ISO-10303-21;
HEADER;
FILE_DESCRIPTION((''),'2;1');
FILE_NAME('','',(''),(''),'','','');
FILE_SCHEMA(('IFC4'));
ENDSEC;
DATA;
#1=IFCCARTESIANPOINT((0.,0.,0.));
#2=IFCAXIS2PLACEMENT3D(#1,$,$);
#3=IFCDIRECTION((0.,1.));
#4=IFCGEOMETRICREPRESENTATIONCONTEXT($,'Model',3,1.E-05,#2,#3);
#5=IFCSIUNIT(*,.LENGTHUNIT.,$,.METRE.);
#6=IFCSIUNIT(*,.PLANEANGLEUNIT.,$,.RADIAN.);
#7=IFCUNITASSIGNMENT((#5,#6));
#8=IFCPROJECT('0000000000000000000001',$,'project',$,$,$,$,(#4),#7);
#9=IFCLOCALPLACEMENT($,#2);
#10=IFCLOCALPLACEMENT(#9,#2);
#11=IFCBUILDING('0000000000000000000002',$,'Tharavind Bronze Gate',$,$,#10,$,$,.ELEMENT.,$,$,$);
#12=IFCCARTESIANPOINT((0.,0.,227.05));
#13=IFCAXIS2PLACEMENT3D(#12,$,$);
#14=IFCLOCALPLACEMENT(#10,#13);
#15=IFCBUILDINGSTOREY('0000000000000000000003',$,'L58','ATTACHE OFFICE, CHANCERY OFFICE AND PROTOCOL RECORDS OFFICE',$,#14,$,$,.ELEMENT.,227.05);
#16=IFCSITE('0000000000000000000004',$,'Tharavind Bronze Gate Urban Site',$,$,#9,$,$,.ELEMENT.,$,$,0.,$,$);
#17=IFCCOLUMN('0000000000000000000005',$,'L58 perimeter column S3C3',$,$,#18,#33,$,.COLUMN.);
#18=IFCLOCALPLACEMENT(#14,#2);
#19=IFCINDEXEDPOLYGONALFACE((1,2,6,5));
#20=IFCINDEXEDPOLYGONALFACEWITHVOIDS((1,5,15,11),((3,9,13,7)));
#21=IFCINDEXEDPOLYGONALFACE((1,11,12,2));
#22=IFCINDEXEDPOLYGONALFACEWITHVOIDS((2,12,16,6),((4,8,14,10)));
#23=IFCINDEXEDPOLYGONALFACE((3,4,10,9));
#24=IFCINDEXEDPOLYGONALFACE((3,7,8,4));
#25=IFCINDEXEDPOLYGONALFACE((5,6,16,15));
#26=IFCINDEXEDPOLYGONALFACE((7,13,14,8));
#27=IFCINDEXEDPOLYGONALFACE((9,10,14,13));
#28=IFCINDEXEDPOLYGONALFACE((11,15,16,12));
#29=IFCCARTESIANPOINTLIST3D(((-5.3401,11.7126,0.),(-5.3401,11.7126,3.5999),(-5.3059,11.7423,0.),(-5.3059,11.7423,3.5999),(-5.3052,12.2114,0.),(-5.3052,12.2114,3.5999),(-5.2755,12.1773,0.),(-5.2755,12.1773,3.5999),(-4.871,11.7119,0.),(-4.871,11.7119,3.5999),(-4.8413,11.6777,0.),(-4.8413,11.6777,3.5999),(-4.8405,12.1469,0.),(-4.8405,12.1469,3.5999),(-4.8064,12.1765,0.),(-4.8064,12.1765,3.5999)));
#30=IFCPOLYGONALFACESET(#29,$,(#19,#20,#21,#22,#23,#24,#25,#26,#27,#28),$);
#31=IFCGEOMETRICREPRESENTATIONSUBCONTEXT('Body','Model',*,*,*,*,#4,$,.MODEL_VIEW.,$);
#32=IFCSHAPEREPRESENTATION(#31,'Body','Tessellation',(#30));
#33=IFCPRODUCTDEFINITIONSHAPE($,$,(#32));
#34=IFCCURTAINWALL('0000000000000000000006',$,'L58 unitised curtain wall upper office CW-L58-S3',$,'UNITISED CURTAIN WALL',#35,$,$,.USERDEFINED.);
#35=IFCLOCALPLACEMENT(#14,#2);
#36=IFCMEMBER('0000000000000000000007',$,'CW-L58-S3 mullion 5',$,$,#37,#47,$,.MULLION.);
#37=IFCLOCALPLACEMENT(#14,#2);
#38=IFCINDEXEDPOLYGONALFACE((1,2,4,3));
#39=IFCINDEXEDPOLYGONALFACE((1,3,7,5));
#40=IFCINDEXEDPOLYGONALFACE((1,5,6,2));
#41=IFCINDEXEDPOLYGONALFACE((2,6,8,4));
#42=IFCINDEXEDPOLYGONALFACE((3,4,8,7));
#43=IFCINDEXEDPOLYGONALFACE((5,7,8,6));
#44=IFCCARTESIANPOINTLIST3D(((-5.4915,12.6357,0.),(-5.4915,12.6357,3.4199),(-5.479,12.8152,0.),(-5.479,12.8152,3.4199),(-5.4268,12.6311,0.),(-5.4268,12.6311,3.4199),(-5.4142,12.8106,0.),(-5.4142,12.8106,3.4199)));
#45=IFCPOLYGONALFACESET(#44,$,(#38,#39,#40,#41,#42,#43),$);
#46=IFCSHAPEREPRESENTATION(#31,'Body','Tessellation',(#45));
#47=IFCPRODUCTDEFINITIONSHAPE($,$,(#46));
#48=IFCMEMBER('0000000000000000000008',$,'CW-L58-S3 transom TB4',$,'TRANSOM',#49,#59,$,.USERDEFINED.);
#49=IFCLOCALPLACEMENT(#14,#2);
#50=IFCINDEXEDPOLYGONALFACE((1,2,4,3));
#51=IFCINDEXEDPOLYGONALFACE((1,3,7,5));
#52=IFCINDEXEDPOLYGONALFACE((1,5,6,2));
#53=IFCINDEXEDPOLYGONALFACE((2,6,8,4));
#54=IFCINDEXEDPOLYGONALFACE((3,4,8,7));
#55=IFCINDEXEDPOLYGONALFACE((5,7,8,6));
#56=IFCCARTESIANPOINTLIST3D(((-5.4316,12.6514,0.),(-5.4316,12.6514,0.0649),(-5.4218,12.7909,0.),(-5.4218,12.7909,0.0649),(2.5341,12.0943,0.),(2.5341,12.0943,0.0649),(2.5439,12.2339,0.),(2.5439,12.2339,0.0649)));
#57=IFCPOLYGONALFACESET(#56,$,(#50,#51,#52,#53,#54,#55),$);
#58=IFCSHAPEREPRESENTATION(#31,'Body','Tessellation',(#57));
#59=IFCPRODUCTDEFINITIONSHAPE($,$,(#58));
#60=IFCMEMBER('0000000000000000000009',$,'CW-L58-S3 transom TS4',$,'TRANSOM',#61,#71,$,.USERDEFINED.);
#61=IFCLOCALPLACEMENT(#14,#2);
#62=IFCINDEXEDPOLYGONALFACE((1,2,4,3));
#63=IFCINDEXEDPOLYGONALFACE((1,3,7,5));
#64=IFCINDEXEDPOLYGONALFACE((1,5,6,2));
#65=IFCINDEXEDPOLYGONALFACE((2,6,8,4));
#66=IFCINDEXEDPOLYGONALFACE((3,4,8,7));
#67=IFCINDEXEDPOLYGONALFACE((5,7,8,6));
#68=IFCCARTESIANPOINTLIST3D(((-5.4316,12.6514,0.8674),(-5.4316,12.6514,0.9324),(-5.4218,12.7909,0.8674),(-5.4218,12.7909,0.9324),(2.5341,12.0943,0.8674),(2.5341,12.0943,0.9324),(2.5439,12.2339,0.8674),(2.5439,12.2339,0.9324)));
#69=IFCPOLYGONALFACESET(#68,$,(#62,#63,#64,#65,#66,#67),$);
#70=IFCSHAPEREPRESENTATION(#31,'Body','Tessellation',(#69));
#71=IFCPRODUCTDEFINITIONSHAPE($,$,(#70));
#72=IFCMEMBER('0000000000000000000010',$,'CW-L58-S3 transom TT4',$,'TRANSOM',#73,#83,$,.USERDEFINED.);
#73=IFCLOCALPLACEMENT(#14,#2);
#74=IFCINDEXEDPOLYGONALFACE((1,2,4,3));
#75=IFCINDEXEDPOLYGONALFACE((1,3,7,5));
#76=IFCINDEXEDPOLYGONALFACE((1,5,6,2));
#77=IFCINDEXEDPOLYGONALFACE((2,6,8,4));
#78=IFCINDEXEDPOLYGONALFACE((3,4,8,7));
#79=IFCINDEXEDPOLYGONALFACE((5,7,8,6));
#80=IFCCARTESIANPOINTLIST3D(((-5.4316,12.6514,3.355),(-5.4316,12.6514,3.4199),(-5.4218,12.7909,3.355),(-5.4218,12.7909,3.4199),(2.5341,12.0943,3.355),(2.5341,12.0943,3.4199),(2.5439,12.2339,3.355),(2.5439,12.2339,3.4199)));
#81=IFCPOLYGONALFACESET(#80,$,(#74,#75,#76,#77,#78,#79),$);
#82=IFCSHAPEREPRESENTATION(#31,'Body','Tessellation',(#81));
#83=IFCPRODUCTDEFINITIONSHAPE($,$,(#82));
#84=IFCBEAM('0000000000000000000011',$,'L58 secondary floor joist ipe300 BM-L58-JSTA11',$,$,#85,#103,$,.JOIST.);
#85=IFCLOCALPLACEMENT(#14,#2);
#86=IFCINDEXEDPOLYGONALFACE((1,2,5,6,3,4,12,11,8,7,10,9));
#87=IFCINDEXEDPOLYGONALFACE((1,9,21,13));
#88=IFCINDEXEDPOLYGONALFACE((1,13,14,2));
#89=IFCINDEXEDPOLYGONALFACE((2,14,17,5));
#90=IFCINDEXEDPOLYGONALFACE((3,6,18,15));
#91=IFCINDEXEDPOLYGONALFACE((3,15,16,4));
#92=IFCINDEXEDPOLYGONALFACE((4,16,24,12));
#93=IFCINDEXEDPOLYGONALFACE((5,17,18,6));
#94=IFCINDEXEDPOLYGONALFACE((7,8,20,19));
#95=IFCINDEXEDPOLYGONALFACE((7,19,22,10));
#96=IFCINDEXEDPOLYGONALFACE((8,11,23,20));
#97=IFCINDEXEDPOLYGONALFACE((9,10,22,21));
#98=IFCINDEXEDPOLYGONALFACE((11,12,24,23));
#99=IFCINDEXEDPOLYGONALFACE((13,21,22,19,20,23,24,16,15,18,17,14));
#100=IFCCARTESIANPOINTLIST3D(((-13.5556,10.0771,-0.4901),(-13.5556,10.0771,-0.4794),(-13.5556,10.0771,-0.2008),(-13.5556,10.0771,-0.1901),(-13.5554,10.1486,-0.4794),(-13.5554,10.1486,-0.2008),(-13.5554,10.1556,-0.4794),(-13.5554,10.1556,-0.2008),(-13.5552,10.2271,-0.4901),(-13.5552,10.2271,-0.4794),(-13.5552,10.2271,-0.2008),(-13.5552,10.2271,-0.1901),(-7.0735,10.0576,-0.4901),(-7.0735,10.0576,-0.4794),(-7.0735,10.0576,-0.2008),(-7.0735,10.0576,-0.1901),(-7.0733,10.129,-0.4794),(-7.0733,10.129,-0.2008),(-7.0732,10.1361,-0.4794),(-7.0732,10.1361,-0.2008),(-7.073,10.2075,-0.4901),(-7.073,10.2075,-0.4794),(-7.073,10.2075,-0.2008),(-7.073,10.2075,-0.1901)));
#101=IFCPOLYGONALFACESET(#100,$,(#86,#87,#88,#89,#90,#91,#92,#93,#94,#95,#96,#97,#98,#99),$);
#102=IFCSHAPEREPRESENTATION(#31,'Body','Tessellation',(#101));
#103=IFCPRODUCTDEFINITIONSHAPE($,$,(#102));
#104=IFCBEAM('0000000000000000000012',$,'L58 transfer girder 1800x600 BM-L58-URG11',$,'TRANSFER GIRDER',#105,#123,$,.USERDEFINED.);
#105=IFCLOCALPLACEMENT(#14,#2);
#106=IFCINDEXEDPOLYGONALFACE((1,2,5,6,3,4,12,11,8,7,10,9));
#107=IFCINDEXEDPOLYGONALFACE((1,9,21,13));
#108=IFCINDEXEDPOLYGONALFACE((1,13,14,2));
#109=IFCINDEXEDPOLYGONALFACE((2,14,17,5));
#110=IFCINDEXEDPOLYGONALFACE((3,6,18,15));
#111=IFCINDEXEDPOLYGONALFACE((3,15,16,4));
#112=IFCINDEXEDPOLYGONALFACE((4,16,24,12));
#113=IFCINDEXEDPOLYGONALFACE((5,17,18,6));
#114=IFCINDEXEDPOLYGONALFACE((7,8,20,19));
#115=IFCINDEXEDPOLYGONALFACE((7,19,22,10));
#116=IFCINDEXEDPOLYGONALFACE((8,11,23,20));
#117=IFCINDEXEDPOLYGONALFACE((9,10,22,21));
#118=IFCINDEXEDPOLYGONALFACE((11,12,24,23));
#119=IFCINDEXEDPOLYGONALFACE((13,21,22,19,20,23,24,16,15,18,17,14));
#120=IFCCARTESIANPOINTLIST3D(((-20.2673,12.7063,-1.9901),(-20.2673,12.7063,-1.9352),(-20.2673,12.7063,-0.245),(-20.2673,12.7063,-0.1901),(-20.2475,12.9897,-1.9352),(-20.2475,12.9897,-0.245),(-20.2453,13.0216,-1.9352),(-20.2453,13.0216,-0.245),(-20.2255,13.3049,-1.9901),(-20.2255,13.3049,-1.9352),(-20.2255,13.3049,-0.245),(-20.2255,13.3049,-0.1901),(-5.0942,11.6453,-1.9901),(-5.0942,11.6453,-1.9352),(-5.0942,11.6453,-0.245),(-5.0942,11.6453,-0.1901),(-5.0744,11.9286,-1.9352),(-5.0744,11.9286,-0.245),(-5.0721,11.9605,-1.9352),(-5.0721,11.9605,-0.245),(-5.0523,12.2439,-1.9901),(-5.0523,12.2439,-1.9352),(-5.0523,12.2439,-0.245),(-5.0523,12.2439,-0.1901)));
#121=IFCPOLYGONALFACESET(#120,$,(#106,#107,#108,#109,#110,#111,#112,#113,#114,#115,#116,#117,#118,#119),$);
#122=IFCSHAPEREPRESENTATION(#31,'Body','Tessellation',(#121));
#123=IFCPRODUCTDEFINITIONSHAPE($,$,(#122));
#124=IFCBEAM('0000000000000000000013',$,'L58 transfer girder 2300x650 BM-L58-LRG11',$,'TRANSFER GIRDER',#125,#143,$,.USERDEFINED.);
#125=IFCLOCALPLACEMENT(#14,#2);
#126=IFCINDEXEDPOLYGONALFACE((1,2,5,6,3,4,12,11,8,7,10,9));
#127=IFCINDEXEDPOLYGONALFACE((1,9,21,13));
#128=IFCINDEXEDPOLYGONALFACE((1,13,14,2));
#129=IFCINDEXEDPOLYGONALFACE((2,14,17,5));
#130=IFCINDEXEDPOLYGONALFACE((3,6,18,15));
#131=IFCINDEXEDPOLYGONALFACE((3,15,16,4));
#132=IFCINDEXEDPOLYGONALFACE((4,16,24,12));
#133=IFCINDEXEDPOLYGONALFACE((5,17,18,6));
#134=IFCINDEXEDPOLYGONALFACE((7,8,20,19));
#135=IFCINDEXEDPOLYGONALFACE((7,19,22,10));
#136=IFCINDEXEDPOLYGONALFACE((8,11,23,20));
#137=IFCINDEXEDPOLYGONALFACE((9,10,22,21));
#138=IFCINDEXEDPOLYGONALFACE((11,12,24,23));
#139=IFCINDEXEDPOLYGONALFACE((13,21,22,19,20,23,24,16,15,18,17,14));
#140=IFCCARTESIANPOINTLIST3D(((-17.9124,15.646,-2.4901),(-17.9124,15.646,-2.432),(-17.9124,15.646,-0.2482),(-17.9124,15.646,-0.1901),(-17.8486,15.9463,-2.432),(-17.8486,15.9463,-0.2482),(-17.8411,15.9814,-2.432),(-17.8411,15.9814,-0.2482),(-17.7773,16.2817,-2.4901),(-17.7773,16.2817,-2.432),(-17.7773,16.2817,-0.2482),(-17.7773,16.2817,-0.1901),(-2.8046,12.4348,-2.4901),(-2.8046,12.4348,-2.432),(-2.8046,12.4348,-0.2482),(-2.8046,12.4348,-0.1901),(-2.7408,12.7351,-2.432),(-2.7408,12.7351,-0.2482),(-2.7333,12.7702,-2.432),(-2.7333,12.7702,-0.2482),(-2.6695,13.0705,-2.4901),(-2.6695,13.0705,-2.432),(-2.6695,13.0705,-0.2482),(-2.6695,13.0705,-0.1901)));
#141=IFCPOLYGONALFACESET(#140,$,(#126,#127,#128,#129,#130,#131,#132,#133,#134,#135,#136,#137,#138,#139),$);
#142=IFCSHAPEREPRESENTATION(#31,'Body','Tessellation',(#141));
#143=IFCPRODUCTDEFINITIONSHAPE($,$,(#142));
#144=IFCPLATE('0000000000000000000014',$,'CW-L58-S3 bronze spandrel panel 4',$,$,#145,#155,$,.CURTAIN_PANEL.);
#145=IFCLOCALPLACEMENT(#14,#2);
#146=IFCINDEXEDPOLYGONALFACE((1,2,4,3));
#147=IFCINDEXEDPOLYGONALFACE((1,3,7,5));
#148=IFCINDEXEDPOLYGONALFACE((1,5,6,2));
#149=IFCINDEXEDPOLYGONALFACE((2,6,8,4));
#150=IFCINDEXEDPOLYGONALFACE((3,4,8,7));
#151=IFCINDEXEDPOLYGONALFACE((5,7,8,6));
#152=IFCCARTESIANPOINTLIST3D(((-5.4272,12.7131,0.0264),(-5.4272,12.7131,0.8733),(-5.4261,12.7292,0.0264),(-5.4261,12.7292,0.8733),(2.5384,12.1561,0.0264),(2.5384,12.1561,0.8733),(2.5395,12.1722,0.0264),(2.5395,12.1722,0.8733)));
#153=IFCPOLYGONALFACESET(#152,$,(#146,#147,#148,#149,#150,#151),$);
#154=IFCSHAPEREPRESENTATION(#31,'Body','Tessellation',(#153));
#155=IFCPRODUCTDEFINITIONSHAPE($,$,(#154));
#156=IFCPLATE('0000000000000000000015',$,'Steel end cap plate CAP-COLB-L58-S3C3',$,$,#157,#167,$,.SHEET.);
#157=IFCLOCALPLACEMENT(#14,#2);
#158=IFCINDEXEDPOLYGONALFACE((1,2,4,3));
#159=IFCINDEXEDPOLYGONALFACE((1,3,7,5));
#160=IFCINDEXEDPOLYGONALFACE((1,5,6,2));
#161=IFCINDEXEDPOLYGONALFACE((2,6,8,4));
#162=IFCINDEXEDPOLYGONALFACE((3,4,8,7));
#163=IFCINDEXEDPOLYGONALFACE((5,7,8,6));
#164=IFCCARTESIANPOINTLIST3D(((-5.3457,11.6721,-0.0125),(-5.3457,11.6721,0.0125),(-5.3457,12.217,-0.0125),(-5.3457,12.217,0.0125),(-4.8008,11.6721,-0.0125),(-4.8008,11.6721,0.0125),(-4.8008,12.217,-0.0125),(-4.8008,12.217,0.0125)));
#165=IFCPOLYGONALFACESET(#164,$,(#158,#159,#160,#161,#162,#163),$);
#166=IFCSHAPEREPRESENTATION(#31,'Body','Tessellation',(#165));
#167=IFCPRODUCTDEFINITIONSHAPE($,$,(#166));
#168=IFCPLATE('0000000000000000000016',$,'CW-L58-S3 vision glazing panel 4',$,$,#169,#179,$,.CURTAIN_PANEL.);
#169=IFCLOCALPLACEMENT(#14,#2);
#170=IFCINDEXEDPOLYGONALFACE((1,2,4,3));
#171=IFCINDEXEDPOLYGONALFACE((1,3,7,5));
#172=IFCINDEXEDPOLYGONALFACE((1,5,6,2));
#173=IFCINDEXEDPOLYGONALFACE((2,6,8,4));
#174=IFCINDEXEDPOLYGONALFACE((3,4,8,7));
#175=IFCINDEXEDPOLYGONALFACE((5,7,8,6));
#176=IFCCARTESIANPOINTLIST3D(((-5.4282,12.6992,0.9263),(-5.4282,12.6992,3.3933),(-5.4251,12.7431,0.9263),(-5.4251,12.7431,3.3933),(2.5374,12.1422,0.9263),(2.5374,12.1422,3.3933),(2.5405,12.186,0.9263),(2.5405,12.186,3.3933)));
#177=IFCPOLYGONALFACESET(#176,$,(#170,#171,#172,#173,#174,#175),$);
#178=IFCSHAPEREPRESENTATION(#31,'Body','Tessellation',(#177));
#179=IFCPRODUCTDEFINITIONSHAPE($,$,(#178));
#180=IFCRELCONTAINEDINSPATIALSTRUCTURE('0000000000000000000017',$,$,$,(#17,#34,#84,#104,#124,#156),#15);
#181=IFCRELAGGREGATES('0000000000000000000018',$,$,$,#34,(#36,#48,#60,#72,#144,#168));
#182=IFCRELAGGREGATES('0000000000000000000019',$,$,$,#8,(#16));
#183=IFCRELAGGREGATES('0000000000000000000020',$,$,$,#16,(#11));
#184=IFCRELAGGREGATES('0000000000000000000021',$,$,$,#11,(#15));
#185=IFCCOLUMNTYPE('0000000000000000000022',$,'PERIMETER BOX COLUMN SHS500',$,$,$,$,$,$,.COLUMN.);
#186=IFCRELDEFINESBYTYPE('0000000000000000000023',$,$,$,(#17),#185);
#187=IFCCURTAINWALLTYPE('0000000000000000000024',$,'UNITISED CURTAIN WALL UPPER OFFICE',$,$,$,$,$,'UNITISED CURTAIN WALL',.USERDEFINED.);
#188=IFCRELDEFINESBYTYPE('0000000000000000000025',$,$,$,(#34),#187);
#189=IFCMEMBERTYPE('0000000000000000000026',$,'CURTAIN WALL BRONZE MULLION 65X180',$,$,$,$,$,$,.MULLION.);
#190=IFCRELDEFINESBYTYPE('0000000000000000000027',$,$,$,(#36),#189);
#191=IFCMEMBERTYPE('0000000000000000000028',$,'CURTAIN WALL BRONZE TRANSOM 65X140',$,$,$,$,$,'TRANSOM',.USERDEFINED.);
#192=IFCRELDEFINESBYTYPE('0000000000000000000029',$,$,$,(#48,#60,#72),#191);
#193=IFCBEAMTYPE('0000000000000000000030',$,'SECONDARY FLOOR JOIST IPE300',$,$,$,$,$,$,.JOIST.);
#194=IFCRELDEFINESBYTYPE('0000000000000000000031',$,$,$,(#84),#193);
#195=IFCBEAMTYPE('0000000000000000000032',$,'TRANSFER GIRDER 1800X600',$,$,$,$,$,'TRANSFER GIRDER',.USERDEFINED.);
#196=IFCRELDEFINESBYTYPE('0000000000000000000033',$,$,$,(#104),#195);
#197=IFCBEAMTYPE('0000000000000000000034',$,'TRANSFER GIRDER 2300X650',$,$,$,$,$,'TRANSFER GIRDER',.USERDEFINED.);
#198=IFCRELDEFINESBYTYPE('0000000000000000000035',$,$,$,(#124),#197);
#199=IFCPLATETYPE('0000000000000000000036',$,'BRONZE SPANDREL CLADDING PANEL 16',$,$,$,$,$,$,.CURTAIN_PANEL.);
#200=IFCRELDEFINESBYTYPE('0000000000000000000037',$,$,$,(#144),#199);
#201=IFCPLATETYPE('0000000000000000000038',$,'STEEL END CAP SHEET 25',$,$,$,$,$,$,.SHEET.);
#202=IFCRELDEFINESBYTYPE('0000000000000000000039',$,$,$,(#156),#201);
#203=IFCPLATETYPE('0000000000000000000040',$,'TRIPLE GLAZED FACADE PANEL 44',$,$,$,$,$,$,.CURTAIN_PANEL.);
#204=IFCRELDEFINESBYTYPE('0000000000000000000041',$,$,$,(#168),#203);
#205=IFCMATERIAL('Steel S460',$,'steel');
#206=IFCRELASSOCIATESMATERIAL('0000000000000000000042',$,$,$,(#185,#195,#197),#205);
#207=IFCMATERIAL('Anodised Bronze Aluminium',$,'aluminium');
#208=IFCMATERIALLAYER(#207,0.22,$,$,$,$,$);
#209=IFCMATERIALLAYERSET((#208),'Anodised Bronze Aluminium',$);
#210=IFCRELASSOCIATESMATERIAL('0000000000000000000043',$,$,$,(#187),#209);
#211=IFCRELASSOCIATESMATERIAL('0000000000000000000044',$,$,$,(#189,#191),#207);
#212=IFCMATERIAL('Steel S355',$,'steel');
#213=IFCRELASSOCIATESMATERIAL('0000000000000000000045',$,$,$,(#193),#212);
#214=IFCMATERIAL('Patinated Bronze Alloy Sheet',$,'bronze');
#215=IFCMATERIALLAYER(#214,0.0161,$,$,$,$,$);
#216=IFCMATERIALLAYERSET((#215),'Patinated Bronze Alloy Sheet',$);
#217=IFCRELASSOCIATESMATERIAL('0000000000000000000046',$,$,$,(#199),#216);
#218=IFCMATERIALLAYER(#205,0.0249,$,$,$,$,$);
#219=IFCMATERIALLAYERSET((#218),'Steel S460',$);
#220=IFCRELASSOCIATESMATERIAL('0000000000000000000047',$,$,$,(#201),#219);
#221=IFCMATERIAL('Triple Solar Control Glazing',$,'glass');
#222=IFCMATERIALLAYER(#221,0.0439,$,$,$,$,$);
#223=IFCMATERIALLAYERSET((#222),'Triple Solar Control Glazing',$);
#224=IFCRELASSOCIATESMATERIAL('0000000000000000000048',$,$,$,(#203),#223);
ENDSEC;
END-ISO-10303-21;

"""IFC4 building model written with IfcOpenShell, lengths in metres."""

from ifc_helpers import new_model, si_unit, direction, frame, origin, origin_2d, place, context, subcontext, project, spatial, rectangle, hollow_rectangle, i_section, extrude, material, layer, layer_set, material_profile, profile_set, type_object, element, aggregate, save


model = new_model("IFC4")

# Units and contexts
model_context = context("Model", 3, precision=1e-05, world=origin(), true_north=direction((0.0, 1.0)))
body_context = subcontext(model_context, "Body", "Model", "MODEL_VIEW")
ifc_project = project(units=[si_unit("LENGTHUNIT", "METRE"), si_unit("PLANEANGLEUNIT", "RADIAN")], contexts=[model_context])

# Site, building, storey
site_placement = place(None, origin())
site = spatial("IfcSite", under=ifc_project, at=site_placement, Name="Tharavind Bronze Gate Urban Site", CompositionType="ELEMENT", RefElevation=0.0)
building_placement = place(site_placement, origin())
building = spatial("IfcBuilding", under=site, at=building_placement, Name="Tharavind Bronze Gate", CompositionType="ELEMENT")
storey_placement = place(building_placement, frame((0.0, 0.0, 227.05)))
storey = spatial("IfcBuildingStorey", under=building, at=storey_placement, Name="L58", Description="ATTACHE OFFICE, CHANCERY OFFICE AND PROTOCOL RECORDS OFFICE", CompositionType="ELEMENT", Elevation=227.05)

# Column
ifc_material_1 = material(Name="Steel S460", Category="steel")
ifc_material_profile_1 = material_profile(ifc_material_1, hollow_rectangle(XDim=0.5, YDim=0.5, WallThickness=0.032, at=origin_2d()), Name="SHS500X32")
ifc_profile_set_1 = profile_set([ifc_material_profile_1], Name="Steel S460")
column_type = type_object("IfcColumnType", Name="PERIMETER BOX COLUMN SHS500", PredefinedType="COLUMN", material=ifc_profile_set_1)
column_placement = place(storey_placement, frame((-5.0732, 11.9446, 0.0), z_axis=(0.0, 0.0, 1.0), x_axis=(-0.997564, 0.069756, 0.0)))
element("IfcColumn", 1, at=column_placement, inside=storey, type_object=column_type, Name="L58 perimeter column S3C3", PredefinedType="COLUMN", context=body_context, shape_type="SweptSolid", body=[
    extrude(hollow_rectangle(XDim=0.5, YDim=0.5, WallThickness=0.032, at=origin_2d()), origin(), (0.0, 0.0, 1.0), 3.5999),
])

# Curtain wall, members
ifc_material_2 = material(Name="Anodised Bronze Aluminium", Category="aluminium")
ifc_layer_1 = layer(ifc_material_2, 0.22)
ifc_layer_set_1 = layer_set([ifc_layer_1], Name="Anodised Bronze Aluminium")
curtain_wall_type = type_object("IfcCurtainWallType", Name="UNITISED CURTAIN WALL UPPER OFFICE", ElementType="UNITISED CURTAIN WALL", PredefinedType="USERDEFINED", material=ifc_layer_set_1)
curtain_wall_placement = place(storey_placement, origin())
curtain_wall = element("IfcCurtainWall", 2, at=curtain_wall_placement, inside=storey, type_object=curtain_wall_type, Name="L58 unitised curtain wall upper office CW-L58-S3", ObjectType="UNITISED CURTAIN WALL", PredefinedType="USERDEFINED")
member_type_1 = type_object("IfcMemberType", Name="CURTAIN WALL BRONZE MULLION 65X180", PredefinedType="MULLION", material=ifc_material_2)
member_1_placement = place(storey_placement, frame((-5.4529, 12.7231, 0.0), z_axis=(0.0, 0.0, 1.0), x_axis=(-0.997564, 0.069758, 0.0)))
member_1 = element("IfcMember", 3, at=member_1_placement, type_object=member_type_1, Name="CW-L58-S3 mullion 5", PredefinedType="MULLION", context=body_context, shape_type="SweptSolid", body=[
    extrude(rectangle(XDim=0.0649, YDim=0.1799, at=origin_2d()), origin(), (0.0, 0.0, 1.0), 3.4199),
])
member_type_2 = type_object("IfcMemberType", Name="CURTAIN WALL BRONZE TRANSOM 65X140", ElementType="TRANSOM", PredefinedType="USERDEFINED", material=ifc_material_2)
member_2_placement = place(storey_placement, frame((-1.4438, 12.4426, 0.0), z_axis=(0.0, 0.0, 1.0), x_axis=(-0.997564, 0.069758, 0.0)))
member_2 = element("IfcMember", 4, at=member_2_placement, type_object=member_type_2, Name="CW-L58-S3 transom TB4", ObjectType="TRANSOM", PredefinedType="USERDEFINED", context=body_context, shape_type="SweptSolid", body=[
    extrude(rectangle(XDim=7.9851, YDim=0.1399, at=origin_2d()), origin(), (0.0, 0.0, 1.0), 0.0649),
])
member_3_placement = place(storey_placement, frame((-1.4438, 12.4426, 0.8674), z_axis=(0.0, 0.0, 1.0), x_axis=(-0.997564, 0.069758, 0.0)))
member_3 = element("IfcMember", 5, at=member_3_placement, type_object=member_type_2, Name="CW-L58-S3 transom TS4", ObjectType="TRANSOM", PredefinedType="USERDEFINED", context=body_context, shape_type="SweptSolid", body=[
    extrude(rectangle(XDim=7.9851, YDim=0.1399, at=origin_2d()), origin(), (0.0, 0.0, 1.0), 0.0649),
])
member_4_placement = place(storey_placement, frame((-1.4438, 12.4426, 3.355), z_axis=(0.0, 0.0, 1.0), x_axis=(-0.997564, 0.069758, 0.0)))
member_4 = element("IfcMember", 6, at=member_4_placement, type_object=member_type_2, Name="CW-L58-S3 transom TT4", ObjectType="TRANSOM", PredefinedType="USERDEFINED", context=body_context, shape_type="SweptSolid", body=[
    extrude(rectangle(XDim=7.9851, YDim=0.1399, at=origin_2d()), origin(), (0.0, 0.0, 1.0), 0.0649),
])

# Beams
ifc_material_3 = material(Name="Steel S355", Category="steel")
ifc_material_profile_2 = material_profile(ifc_material_3, i_section(OverallWidth=0.1499, OverallDepth=0.3, WebThickness=0.0071, FlangeThickness=0.0107, at=origin_2d()), Name="IPE300")
ifc_profile_set_2 = profile_set([ifc_material_profile_2], Name="Steel S355")
beam_type_1 = type_object("IfcBeamType", Name="SECONDARY FLOOR JOIST IPE300", PredefinedType="JOIST", material=ifc_profile_set_2)
beam_1_placement = place(storey_placement, frame((-7.0732, 10.1326, -0.3401), z_axis=(-0.999995, 0.003013, 0.0), x_axis=(-0.003013, -0.999995, 0.0)))
element("IfcBeam", 7, at=beam_1_placement, inside=storey, type_object=beam_type_1, Name="L58 secondary floor joist ipe300 BM-L58-JSTA11", PredefinedType="JOIST", context=body_context, shape_type="SweptSolid", body=[
    extrude(i_section(OverallWidth=0.1499, OverallDepth=0.3, WebThickness=0.0071, FlangeThickness=0.0107, at=origin_2d()), origin(), (0.0, 0.0, 1.0), 6.4822),
])
ifc_material_profile_3 = material_profile(ifc_material_1, i_section(OverallWidth=0.6001, OverallDepth=1.8, WebThickness=0.032, FlangeThickness=0.0549, at=origin_2d()), Name="PG1800X600")
ifc_profile_set_3 = profile_set([ifc_material_profile_3], Name="Steel S460")
beam_type_2 = type_object("IfcBeamType", Name="TRANSFER GIRDER 1800X600", ElementType="TRANSFER GIRDER", PredefinedType="USERDEFINED", material=ifc_profile_set_3)
beam_2_placement = place(storey_placement, frame((-5.0732, 11.9446, -1.0901), z_axis=(-0.997564, 0.069758, 0.0), x_axis=(-0.069758, -0.997564, 0.0)))
element("IfcBeam", 8, at=beam_2_placement, inside=storey, type_object=beam_type_2, Name="L58 transfer girder 1800x600 BM-L58-URG11", ObjectType="TRANSFER GIRDER", PredefinedType="USERDEFINED", context=body_context, shape_type="SweptSolid", body=[
    extrude(i_section(OverallWidth=0.6001, OverallDepth=1.8, WebThickness=0.032, FlangeThickness=0.0549, at=origin_2d()), origin(), (0.0, 0.0, 1.0), 15.2102),
])
ifc_material_profile_4 = material_profile(ifc_material_1, i_section(OverallWidth=0.6499, OverallDepth=2.3, WebThickness=0.0359, FlangeThickness=0.0581, at=origin_2d()), Name="PG2300X650")
ifc_profile_set_4 = profile_set([ifc_material_profile_4], Name="Steel S460")
beam_type_3 = type_object("IfcBeamType", Name="TRANSFER GIRDER 2300X650", ElementType="TRANSFER GIRDER", PredefinedType="USERDEFINED", material=ifc_profile_set_4)
beam_3_placement = place(storey_placement, frame((-2.7371, 12.7527, -1.3401), z_axis=(-0.978149, 0.207905, 0.0), x_axis=(-0.207905, -0.978149, 0.0)))
element("IfcBeam", 9, at=beam_3_placement, inside=storey, type_object=beam_type_3, Name="L58 transfer girder 2300x650 BM-L58-LRG11", ObjectType="TRANSFER GIRDER", PredefinedType="USERDEFINED", context=body_context, shape_type="SweptSolid", body=[
    extrude(i_section(OverallWidth=0.6499, OverallDepth=2.3, WebThickness=0.0359, FlangeThickness=0.0581, at=origin_2d()), origin(), (0.0, 0.0, 1.0), 15.4453),
])

# Plates
ifc_material_4 = material(Name="Patinated Bronze Alloy Sheet", Category="bronze")
ifc_layer_2 = layer(ifc_material_4, 0.0161)
ifc_layer_set_2 = layer_set([ifc_layer_2], Name="Patinated Bronze Alloy Sheet")
plate_type_1 = type_object("IfcPlateType", Name="BRONZE SPANDREL CLADDING PANEL 16", PredefinedType="CURTAIN_PANEL", material=ifc_layer_set_2)
plate_1_placement = place(storey_placement, frame((-1.4438, 12.4426, 0.0264), z_axis=(0.0, 0.0, 1.0), x_axis=(-0.997564, 0.069758, 0.0)))
plate_1 = element("IfcPlate", 10, at=plate_1_placement, type_object=plate_type_1, Name="CW-L58-S3 bronze spandrel panel 4", PredefinedType="CURTAIN_PANEL", context=body_context, shape_type="SweptSolid", body=[
    extrude(rectangle(XDim=7.9851, YDim=0.0161, at=origin_2d()), origin(), (0.0, 0.0, 1.0), 0.8469),
])
ifc_layer_3 = layer(ifc_material_1, 0.0249)
ifc_layer_set_3 = layer_set([ifc_layer_3], Name="Steel S460")
plate_type_2 = type_object("IfcPlateType", Name="STEEL END CAP SHEET 25", PredefinedType="SHEET", material=ifc_layer_set_3)
plate_2_placement = place(storey_placement, frame((-5.0732, 11.9446, -0.0125), z_axis=(0.0, 0.0, 1.0), x_axis=(1.0, 0.0, 0.0)))
element("IfcPlate", 11, at=plate_2_placement, inside=storey, type_object=plate_type_2, Name="Steel end cap plate CAP-COLB-L58-S3C3", PredefinedType="SHEET", context=body_context, shape_type="SweptSolid", body=[
    extrude(rectangle(XDim=0.5449, YDim=0.5449, at=origin_2d()), origin(), (0.0, 0.0, 1.0), 0.0249),
])
ifc_material_5 = material(Name="Triple Solar Control Glazing", Category="glass")
ifc_layer_4 = layer(ifc_material_5, 0.0439)
ifc_layer_set_4 = layer_set([ifc_layer_4], Name="Triple Solar Control Glazing")
plate_type_3 = type_object("IfcPlateType", Name="TRIPLE GLAZED FACADE PANEL 44", PredefinedType="CURTAIN_PANEL", material=ifc_layer_set_4)
plate_3_placement = place(storey_placement, frame((-1.4438, 12.4426, 0.9263), z_axis=(0.0, 0.0, 1.0), x_axis=(-0.997564, 0.069758, 0.0)))
plate_3 = element("IfcPlate", 12, at=plate_3_placement, type_object=plate_type_3, Name="CW-L58-S3 vision glazing panel 4", PredefinedType="CURTAIN_PANEL", context=body_context, shape_type="SweptSolid", body=[
    extrude(rectangle(XDim=7.9851, YDim=0.0439, at=origin_2d()), origin(), (0.0, 0.0, 1.0), 2.467),
])
aggregate(curtain_wall, [member_1, member_2, member_3, member_4, plate_1, plate_3])

save(model, "model.ifc")
